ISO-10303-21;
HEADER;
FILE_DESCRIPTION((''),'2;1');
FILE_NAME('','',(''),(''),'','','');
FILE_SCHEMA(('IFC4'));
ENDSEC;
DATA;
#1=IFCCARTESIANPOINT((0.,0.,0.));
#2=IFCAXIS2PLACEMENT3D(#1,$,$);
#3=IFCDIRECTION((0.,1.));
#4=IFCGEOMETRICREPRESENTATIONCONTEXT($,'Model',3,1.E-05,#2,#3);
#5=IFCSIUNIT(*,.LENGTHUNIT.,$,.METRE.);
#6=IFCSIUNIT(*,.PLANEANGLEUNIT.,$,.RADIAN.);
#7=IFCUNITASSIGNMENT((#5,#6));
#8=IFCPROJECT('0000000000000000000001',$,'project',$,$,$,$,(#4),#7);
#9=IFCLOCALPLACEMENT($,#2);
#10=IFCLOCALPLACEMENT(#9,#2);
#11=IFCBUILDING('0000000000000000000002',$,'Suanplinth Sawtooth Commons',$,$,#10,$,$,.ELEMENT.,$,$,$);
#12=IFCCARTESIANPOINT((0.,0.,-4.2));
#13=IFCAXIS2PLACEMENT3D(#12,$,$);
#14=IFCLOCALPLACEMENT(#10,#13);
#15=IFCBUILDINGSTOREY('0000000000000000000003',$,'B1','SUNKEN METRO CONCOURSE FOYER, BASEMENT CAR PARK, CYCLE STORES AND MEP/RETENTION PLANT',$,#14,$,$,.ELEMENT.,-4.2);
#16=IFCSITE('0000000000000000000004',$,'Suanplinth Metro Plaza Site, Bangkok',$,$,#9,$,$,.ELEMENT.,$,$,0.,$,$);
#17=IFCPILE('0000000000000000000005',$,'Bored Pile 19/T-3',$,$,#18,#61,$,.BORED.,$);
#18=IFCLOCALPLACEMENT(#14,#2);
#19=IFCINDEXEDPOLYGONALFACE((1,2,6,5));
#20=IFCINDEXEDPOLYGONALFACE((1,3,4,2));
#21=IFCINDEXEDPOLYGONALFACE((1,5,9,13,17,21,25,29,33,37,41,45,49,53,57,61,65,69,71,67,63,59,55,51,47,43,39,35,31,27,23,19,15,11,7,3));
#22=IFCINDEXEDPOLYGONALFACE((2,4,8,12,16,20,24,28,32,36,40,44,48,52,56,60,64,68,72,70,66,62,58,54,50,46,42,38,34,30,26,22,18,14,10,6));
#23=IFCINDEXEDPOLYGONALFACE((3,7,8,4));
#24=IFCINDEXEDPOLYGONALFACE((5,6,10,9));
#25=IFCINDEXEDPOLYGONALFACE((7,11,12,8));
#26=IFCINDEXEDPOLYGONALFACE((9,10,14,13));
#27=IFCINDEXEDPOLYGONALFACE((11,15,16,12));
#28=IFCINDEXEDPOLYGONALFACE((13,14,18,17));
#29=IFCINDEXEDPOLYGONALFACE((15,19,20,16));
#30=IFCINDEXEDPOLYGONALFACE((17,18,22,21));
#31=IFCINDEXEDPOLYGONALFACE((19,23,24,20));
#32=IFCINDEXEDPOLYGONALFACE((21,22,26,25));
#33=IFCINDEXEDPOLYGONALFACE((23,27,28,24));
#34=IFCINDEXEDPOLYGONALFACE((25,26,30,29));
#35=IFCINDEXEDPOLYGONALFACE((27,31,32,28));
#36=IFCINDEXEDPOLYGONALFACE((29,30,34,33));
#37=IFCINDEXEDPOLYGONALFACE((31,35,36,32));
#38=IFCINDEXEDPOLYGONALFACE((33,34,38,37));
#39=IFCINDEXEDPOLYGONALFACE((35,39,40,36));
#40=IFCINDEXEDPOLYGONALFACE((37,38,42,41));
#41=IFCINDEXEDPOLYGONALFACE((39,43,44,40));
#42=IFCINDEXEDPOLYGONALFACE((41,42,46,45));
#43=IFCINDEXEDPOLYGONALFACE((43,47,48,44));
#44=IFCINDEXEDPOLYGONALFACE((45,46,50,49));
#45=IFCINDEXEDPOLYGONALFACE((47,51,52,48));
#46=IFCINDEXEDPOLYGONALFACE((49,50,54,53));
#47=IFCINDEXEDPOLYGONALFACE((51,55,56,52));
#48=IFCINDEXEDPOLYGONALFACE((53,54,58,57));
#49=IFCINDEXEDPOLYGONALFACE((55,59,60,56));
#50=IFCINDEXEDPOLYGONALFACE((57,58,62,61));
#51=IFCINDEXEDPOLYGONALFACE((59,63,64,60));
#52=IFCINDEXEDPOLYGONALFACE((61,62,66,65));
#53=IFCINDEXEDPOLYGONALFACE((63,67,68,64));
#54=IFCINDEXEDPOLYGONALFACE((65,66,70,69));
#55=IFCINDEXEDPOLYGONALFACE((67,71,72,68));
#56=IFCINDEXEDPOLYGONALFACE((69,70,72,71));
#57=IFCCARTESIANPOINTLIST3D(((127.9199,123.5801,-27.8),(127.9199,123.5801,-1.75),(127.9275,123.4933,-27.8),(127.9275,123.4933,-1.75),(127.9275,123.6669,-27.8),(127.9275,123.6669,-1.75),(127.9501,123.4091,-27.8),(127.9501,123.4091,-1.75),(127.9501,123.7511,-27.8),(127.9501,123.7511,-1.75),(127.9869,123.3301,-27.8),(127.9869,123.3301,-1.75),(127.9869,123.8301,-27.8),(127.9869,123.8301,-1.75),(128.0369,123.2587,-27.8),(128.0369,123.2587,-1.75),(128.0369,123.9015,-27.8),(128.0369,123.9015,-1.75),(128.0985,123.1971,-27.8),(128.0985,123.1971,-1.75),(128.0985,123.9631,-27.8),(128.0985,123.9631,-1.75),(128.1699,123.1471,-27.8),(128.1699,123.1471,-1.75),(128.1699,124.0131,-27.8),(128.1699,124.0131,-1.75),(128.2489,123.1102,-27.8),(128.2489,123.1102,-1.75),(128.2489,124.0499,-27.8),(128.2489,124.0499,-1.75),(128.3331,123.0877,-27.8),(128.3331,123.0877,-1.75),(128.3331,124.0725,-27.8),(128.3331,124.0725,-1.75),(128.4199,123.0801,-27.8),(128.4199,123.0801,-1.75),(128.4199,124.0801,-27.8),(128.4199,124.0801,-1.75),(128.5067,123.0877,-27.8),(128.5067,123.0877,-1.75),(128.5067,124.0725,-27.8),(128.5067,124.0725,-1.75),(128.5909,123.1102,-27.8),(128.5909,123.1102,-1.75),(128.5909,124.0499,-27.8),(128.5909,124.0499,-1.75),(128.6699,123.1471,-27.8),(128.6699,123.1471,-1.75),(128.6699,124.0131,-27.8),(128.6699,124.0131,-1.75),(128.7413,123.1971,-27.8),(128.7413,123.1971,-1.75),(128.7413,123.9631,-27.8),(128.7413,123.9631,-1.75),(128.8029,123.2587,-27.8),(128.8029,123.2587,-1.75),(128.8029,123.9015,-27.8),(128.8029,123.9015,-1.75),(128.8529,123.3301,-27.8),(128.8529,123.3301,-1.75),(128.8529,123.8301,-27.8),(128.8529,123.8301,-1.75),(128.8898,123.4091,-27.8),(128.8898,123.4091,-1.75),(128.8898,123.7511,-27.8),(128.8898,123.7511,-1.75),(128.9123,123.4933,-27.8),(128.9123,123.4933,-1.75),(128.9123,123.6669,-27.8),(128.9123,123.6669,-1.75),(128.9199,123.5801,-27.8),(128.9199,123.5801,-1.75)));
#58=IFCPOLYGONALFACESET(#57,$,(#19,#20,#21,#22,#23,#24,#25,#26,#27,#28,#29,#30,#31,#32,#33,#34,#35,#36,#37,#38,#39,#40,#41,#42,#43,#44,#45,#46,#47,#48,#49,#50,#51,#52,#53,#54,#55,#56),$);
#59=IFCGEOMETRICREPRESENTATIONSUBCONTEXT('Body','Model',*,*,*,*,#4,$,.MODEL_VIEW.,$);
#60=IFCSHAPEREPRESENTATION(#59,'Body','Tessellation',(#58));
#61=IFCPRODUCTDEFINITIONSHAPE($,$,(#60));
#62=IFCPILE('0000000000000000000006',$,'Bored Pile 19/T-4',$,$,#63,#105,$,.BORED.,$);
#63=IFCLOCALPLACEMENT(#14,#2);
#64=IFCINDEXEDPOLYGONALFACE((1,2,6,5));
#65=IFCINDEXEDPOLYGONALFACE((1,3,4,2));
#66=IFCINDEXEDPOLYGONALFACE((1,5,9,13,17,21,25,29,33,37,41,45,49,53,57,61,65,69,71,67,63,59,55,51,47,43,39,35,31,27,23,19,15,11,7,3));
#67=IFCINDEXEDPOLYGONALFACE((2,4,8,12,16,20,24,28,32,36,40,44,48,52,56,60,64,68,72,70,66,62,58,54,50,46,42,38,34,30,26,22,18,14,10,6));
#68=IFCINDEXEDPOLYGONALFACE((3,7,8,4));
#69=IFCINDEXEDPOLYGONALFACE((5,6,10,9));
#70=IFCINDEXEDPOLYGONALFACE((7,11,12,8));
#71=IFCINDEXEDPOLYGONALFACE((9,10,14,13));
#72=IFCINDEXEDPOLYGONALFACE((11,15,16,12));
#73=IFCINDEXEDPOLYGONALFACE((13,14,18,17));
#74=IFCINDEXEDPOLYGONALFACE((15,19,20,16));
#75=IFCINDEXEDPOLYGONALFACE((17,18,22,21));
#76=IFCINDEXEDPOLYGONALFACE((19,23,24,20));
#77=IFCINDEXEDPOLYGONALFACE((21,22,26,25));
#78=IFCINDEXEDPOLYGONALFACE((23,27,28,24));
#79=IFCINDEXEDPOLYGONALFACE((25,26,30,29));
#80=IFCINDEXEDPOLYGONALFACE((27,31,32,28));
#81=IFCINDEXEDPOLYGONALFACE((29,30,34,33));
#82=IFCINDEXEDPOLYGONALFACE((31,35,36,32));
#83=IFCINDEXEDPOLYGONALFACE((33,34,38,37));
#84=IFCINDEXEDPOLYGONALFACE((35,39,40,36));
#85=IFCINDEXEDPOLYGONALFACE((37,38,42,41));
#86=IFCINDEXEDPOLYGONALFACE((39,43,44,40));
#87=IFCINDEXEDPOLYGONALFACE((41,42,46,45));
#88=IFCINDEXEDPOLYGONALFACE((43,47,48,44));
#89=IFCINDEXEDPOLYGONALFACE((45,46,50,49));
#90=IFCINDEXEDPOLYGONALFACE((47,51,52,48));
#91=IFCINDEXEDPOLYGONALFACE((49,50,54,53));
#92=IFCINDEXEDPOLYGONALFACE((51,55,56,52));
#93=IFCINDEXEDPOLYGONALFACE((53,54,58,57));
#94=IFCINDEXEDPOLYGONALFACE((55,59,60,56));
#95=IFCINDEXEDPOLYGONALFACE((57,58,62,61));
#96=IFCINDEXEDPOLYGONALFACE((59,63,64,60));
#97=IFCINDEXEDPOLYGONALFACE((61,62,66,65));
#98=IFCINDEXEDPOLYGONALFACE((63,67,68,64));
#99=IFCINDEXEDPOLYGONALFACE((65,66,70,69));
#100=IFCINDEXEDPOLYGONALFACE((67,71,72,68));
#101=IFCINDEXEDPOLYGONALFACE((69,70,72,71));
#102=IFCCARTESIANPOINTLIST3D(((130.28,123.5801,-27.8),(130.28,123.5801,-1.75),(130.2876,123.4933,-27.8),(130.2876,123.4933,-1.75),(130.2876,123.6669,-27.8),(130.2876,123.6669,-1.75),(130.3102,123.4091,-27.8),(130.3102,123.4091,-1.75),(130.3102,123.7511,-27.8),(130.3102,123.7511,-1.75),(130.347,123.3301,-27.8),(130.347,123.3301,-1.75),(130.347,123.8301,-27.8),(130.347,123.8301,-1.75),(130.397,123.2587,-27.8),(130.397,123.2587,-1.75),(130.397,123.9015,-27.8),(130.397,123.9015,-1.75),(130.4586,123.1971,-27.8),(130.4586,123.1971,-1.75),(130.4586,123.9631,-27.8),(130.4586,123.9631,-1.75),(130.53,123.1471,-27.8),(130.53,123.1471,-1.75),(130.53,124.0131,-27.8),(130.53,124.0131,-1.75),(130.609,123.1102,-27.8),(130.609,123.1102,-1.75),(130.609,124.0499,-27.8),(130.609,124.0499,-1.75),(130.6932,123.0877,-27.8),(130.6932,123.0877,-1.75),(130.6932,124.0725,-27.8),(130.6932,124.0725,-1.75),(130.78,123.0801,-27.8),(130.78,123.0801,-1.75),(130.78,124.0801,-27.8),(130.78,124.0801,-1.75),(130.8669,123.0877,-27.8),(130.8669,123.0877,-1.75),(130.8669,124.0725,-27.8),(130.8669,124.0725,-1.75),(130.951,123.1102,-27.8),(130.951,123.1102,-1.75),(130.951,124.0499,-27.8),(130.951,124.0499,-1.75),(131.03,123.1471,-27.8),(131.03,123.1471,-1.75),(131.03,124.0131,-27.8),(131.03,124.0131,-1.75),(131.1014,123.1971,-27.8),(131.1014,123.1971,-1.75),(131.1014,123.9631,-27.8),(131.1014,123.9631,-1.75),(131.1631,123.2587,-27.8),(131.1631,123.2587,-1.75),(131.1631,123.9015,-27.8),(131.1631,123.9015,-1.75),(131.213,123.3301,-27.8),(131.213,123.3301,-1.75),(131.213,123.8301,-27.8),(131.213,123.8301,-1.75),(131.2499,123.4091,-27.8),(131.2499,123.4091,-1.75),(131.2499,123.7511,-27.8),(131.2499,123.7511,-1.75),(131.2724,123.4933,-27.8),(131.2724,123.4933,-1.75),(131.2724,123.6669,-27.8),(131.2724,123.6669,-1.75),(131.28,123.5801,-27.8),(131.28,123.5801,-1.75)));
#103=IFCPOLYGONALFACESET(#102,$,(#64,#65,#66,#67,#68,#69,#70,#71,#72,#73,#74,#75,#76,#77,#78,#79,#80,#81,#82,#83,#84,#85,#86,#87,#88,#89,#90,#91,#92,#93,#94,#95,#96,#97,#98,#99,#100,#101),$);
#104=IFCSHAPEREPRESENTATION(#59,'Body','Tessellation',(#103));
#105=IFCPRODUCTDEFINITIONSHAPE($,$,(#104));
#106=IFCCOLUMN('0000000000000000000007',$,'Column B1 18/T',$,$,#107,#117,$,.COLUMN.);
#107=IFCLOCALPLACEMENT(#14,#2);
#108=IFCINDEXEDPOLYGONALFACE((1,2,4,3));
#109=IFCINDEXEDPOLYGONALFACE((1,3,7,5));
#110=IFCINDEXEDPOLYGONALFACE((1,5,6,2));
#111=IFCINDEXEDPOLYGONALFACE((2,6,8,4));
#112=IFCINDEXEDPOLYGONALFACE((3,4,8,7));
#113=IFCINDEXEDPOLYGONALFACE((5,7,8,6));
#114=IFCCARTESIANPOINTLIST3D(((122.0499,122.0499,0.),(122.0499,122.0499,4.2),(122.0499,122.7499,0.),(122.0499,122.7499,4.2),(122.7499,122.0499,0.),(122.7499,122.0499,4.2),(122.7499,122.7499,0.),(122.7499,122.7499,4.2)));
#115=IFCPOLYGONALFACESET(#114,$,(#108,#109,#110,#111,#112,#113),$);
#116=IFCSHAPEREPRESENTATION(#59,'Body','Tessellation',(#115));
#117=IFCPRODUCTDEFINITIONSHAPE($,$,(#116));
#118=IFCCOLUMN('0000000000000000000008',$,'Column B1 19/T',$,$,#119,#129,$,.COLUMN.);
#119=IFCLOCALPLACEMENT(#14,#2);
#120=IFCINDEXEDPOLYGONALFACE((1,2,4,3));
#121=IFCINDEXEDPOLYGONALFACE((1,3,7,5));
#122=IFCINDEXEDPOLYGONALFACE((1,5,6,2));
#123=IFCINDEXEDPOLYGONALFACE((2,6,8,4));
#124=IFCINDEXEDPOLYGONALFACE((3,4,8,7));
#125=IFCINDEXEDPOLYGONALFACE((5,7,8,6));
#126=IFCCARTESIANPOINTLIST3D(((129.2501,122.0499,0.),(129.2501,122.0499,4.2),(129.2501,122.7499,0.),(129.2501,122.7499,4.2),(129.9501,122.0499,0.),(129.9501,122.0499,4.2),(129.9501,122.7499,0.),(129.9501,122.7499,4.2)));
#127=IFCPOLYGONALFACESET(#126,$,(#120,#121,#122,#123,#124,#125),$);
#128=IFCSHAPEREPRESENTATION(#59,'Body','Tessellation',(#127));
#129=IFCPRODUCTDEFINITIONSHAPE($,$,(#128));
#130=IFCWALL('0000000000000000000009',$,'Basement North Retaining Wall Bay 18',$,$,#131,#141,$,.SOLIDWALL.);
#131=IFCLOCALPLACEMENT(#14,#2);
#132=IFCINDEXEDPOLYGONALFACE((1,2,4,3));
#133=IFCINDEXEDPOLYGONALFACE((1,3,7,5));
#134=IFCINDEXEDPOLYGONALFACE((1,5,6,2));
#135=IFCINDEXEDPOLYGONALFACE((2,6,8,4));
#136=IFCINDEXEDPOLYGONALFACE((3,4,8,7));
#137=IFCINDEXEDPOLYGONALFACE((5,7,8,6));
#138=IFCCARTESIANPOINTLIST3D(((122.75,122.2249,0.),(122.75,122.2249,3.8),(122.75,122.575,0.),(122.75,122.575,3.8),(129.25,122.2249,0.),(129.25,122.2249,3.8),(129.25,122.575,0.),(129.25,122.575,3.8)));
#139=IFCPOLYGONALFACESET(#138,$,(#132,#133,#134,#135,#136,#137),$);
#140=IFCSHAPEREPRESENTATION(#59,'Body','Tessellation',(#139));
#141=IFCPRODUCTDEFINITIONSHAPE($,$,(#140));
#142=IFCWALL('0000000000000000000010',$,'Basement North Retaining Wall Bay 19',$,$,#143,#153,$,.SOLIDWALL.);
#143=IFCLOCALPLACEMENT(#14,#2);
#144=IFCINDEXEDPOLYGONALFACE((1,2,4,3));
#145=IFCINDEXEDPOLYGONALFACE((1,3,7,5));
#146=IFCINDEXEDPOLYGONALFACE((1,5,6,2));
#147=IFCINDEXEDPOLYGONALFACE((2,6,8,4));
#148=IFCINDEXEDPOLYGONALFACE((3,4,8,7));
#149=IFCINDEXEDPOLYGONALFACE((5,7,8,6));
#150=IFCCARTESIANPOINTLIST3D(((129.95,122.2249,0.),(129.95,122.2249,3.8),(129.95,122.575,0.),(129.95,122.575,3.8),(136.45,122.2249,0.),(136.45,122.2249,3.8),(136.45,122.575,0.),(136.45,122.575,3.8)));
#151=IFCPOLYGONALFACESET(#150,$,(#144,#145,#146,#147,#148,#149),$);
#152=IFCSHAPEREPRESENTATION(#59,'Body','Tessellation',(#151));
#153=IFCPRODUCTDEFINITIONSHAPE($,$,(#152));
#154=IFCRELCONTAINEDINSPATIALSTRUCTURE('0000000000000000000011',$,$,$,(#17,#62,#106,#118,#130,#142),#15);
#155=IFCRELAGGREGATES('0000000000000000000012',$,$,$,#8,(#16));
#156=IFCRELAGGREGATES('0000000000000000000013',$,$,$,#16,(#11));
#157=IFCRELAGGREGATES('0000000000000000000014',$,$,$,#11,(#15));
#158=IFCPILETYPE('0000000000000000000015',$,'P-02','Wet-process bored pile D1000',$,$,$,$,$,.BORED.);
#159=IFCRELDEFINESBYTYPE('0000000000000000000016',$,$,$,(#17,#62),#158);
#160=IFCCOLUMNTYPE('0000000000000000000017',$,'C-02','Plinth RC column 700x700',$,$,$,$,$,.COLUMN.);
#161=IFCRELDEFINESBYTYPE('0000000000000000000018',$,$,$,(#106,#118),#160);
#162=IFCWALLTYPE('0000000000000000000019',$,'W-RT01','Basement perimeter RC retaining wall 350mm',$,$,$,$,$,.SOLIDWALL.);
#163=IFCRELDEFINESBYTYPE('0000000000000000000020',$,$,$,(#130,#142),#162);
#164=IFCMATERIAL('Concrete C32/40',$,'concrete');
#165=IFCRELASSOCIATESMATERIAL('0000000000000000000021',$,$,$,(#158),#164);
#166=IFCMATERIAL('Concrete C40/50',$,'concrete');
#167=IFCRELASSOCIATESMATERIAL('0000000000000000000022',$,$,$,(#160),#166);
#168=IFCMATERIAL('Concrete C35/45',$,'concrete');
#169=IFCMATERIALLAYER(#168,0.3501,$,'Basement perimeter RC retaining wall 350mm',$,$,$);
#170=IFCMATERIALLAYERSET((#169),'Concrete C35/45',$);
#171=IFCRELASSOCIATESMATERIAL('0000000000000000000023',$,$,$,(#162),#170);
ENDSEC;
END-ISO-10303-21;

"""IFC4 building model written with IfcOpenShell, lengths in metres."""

from ifc_helpers import new_model, si_unit, direction, frame, frame_2d, origin, origin_2d, place, context, subcontext, project, spatial, rectangle, circle, extrude, material, layer, layer_set, material_profile, profile_set, type_object, element, save


model = new_model("IFC4")

# Units and contexts
model_context = context("Model", 3, precision=1e-05, world=origin(), true_north=direction((0.0, 1.0)))
body_context = subcontext(model_context, "Body", "Model", "MODEL_VIEW")
ifc_project = project(units=[si_unit("LENGTHUNIT", "METRE"), si_unit("PLANEANGLEUNIT", "RADIAN")], contexts=[model_context])

# Site, building, storey
site_placement = place(None, origin())
site = spatial("IfcSite", under=ifc_project, at=site_placement, Name="Suanplinth Metro Plaza Site, Bangkok", CompositionType="ELEMENT", RefElevation=0.0)
building_placement = place(site_placement, origin())
building = spatial("IfcBuilding", under=site, at=building_placement, Name="Suanplinth Sawtooth Commons", CompositionType="ELEMENT")
storey_placement = place(building_placement, frame((0.0, 0.0, -4.2)))
storey = spatial("IfcBuildingStorey", under=building, at=storey_placement, Name="B1", Description="SUNKEN METRO CONCOURSE FOYER, BASEMENT CAR PARK, CYCLE STORES AND MEP/RETENTION PLANT", CompositionType="ELEMENT", Elevation=-4.2)

# Shared definitions
ifc_material_1 = material(Name="Concrete C35/45", Category="concrete")

# Piles
ifc_material_2 = material(Name="Concrete C32/40", Category="concrete")
ifc_material_profile_1 = material_profile(ifc_material_2, circle(Radius=0.5, at=origin_2d()), Name="PILE D1000")
ifc_profile_set_1 = profile_set([ifc_material_profile_1], Name="Concrete C32/40")
pile_type = type_object("IfcPileType", Name="P-02", Description="Wet-process bored pile D1000", PredefinedType="BORED", material=ifc_profile_set_1)
for number, where, z_axis, x_axis, name in (
    (1, (128.4199, 123.5801, -1.75), (0.0, 0.0, -1.0), (1.0, 0.0, 0.0), "Bored Pile 19/T-3"),
    (2, (130.78, 123.5801, -1.75), (0.0, 0.0, -1.0), (1.0, 0.0, 0.0), "Bored Pile 19/T-4"),
):
    element("IfcPile", number, at=place(storey_placement, frame(where, z_axis=z_axis, x_axis=x_axis)), inside=storey, type_object=pile_type, Name=name, PredefinedType="BORED", context=body_context, shape_type="SweptSolid", body=[
        extrude(circle(Radius=0.5, at=origin_2d()), origin(), (0.0, 0.0, 1.0), 26.05),
    ])

# Columns
ifc_material_3 = material(Name="Concrete C40/50", Category="concrete")
ifc_material_profile_2 = material_profile(ifc_material_3, rectangle(XDim=0.7, YDim=0.7, at=origin_2d()), Name="RC-COL 700x700")
ifc_profile_set_2 = profile_set([ifc_material_profile_2], Name="Concrete C40/50")
column_type = type_object("IfcColumnType", Name="C-02", Description="Plinth RC column 700x700", PredefinedType="COLUMN", material=ifc_profile_set_2)
for number, where, z_axis, x_axis, name in (
    (3, (122.3999, 122.3999, 0.0), (0.0, 0.0, 1.0), (1.0, 0.0, 0.0), "Column B1 18/T"),
    (4, (129.6001, 122.3999, 0.0), (0.0, 0.0, 1.0), (1.0, 0.0, 0.0), "Column B1 19/T"),
):
    element("IfcColumn", number, at=place(storey_placement, frame(where, z_axis=z_axis, x_axis=x_axis)), inside=storey, type_object=column_type, Name=name, PredefinedType="COLUMN", context=body_context, shape_type="SweptSolid", body=[
        extrude(rectangle(XDim=0.7, YDim=0.7, at=origin_2d()), origin(), (0.0, 0.0, 1.0), 4.2),
    ])

# Walls
ifc_layer = layer(ifc_material_1, 0.3501, Name="Basement perimeter RC retaining wall 350mm")
ifc_layer_set = layer_set([ifc_layer], Name="Concrete C35/45")
wall_type = type_object("IfcWallType", Name="W-RT01", Description="Basement perimeter RC retaining wall 350mm", PredefinedType="SOLIDWALL", material=ifc_layer_set)
for number, where, z_axis, x_axis, name in (
    (5, (122.75, 122.3999, 0.0), (0.0, 0.0, 1.0), (1.0, 0.0, 0.0), "Basement North Retaining Wall Bay 18"),
    (6, (129.95, 122.3999, 0.0), (0.0, 0.0, 1.0), (1.0, 0.0, 0.0), "Basement North Retaining Wall Bay 19"),
):
    element("IfcWall", number, at=place(storey_placement, frame(where, z_axis=z_axis, x_axis=x_axis)), inside=storey, type_object=wall_type, Name=name, PredefinedType="SOLIDWALL", context=body_context, shape_type="SweptSolid", body=[
        extrude(rectangle(XDim=6.5, YDim=0.3501, at=frame_2d((3.25, 0.0))), origin(), (0.0, 0.0, 1.0), 3.8),
    ])

save(model, "model.ifc")
